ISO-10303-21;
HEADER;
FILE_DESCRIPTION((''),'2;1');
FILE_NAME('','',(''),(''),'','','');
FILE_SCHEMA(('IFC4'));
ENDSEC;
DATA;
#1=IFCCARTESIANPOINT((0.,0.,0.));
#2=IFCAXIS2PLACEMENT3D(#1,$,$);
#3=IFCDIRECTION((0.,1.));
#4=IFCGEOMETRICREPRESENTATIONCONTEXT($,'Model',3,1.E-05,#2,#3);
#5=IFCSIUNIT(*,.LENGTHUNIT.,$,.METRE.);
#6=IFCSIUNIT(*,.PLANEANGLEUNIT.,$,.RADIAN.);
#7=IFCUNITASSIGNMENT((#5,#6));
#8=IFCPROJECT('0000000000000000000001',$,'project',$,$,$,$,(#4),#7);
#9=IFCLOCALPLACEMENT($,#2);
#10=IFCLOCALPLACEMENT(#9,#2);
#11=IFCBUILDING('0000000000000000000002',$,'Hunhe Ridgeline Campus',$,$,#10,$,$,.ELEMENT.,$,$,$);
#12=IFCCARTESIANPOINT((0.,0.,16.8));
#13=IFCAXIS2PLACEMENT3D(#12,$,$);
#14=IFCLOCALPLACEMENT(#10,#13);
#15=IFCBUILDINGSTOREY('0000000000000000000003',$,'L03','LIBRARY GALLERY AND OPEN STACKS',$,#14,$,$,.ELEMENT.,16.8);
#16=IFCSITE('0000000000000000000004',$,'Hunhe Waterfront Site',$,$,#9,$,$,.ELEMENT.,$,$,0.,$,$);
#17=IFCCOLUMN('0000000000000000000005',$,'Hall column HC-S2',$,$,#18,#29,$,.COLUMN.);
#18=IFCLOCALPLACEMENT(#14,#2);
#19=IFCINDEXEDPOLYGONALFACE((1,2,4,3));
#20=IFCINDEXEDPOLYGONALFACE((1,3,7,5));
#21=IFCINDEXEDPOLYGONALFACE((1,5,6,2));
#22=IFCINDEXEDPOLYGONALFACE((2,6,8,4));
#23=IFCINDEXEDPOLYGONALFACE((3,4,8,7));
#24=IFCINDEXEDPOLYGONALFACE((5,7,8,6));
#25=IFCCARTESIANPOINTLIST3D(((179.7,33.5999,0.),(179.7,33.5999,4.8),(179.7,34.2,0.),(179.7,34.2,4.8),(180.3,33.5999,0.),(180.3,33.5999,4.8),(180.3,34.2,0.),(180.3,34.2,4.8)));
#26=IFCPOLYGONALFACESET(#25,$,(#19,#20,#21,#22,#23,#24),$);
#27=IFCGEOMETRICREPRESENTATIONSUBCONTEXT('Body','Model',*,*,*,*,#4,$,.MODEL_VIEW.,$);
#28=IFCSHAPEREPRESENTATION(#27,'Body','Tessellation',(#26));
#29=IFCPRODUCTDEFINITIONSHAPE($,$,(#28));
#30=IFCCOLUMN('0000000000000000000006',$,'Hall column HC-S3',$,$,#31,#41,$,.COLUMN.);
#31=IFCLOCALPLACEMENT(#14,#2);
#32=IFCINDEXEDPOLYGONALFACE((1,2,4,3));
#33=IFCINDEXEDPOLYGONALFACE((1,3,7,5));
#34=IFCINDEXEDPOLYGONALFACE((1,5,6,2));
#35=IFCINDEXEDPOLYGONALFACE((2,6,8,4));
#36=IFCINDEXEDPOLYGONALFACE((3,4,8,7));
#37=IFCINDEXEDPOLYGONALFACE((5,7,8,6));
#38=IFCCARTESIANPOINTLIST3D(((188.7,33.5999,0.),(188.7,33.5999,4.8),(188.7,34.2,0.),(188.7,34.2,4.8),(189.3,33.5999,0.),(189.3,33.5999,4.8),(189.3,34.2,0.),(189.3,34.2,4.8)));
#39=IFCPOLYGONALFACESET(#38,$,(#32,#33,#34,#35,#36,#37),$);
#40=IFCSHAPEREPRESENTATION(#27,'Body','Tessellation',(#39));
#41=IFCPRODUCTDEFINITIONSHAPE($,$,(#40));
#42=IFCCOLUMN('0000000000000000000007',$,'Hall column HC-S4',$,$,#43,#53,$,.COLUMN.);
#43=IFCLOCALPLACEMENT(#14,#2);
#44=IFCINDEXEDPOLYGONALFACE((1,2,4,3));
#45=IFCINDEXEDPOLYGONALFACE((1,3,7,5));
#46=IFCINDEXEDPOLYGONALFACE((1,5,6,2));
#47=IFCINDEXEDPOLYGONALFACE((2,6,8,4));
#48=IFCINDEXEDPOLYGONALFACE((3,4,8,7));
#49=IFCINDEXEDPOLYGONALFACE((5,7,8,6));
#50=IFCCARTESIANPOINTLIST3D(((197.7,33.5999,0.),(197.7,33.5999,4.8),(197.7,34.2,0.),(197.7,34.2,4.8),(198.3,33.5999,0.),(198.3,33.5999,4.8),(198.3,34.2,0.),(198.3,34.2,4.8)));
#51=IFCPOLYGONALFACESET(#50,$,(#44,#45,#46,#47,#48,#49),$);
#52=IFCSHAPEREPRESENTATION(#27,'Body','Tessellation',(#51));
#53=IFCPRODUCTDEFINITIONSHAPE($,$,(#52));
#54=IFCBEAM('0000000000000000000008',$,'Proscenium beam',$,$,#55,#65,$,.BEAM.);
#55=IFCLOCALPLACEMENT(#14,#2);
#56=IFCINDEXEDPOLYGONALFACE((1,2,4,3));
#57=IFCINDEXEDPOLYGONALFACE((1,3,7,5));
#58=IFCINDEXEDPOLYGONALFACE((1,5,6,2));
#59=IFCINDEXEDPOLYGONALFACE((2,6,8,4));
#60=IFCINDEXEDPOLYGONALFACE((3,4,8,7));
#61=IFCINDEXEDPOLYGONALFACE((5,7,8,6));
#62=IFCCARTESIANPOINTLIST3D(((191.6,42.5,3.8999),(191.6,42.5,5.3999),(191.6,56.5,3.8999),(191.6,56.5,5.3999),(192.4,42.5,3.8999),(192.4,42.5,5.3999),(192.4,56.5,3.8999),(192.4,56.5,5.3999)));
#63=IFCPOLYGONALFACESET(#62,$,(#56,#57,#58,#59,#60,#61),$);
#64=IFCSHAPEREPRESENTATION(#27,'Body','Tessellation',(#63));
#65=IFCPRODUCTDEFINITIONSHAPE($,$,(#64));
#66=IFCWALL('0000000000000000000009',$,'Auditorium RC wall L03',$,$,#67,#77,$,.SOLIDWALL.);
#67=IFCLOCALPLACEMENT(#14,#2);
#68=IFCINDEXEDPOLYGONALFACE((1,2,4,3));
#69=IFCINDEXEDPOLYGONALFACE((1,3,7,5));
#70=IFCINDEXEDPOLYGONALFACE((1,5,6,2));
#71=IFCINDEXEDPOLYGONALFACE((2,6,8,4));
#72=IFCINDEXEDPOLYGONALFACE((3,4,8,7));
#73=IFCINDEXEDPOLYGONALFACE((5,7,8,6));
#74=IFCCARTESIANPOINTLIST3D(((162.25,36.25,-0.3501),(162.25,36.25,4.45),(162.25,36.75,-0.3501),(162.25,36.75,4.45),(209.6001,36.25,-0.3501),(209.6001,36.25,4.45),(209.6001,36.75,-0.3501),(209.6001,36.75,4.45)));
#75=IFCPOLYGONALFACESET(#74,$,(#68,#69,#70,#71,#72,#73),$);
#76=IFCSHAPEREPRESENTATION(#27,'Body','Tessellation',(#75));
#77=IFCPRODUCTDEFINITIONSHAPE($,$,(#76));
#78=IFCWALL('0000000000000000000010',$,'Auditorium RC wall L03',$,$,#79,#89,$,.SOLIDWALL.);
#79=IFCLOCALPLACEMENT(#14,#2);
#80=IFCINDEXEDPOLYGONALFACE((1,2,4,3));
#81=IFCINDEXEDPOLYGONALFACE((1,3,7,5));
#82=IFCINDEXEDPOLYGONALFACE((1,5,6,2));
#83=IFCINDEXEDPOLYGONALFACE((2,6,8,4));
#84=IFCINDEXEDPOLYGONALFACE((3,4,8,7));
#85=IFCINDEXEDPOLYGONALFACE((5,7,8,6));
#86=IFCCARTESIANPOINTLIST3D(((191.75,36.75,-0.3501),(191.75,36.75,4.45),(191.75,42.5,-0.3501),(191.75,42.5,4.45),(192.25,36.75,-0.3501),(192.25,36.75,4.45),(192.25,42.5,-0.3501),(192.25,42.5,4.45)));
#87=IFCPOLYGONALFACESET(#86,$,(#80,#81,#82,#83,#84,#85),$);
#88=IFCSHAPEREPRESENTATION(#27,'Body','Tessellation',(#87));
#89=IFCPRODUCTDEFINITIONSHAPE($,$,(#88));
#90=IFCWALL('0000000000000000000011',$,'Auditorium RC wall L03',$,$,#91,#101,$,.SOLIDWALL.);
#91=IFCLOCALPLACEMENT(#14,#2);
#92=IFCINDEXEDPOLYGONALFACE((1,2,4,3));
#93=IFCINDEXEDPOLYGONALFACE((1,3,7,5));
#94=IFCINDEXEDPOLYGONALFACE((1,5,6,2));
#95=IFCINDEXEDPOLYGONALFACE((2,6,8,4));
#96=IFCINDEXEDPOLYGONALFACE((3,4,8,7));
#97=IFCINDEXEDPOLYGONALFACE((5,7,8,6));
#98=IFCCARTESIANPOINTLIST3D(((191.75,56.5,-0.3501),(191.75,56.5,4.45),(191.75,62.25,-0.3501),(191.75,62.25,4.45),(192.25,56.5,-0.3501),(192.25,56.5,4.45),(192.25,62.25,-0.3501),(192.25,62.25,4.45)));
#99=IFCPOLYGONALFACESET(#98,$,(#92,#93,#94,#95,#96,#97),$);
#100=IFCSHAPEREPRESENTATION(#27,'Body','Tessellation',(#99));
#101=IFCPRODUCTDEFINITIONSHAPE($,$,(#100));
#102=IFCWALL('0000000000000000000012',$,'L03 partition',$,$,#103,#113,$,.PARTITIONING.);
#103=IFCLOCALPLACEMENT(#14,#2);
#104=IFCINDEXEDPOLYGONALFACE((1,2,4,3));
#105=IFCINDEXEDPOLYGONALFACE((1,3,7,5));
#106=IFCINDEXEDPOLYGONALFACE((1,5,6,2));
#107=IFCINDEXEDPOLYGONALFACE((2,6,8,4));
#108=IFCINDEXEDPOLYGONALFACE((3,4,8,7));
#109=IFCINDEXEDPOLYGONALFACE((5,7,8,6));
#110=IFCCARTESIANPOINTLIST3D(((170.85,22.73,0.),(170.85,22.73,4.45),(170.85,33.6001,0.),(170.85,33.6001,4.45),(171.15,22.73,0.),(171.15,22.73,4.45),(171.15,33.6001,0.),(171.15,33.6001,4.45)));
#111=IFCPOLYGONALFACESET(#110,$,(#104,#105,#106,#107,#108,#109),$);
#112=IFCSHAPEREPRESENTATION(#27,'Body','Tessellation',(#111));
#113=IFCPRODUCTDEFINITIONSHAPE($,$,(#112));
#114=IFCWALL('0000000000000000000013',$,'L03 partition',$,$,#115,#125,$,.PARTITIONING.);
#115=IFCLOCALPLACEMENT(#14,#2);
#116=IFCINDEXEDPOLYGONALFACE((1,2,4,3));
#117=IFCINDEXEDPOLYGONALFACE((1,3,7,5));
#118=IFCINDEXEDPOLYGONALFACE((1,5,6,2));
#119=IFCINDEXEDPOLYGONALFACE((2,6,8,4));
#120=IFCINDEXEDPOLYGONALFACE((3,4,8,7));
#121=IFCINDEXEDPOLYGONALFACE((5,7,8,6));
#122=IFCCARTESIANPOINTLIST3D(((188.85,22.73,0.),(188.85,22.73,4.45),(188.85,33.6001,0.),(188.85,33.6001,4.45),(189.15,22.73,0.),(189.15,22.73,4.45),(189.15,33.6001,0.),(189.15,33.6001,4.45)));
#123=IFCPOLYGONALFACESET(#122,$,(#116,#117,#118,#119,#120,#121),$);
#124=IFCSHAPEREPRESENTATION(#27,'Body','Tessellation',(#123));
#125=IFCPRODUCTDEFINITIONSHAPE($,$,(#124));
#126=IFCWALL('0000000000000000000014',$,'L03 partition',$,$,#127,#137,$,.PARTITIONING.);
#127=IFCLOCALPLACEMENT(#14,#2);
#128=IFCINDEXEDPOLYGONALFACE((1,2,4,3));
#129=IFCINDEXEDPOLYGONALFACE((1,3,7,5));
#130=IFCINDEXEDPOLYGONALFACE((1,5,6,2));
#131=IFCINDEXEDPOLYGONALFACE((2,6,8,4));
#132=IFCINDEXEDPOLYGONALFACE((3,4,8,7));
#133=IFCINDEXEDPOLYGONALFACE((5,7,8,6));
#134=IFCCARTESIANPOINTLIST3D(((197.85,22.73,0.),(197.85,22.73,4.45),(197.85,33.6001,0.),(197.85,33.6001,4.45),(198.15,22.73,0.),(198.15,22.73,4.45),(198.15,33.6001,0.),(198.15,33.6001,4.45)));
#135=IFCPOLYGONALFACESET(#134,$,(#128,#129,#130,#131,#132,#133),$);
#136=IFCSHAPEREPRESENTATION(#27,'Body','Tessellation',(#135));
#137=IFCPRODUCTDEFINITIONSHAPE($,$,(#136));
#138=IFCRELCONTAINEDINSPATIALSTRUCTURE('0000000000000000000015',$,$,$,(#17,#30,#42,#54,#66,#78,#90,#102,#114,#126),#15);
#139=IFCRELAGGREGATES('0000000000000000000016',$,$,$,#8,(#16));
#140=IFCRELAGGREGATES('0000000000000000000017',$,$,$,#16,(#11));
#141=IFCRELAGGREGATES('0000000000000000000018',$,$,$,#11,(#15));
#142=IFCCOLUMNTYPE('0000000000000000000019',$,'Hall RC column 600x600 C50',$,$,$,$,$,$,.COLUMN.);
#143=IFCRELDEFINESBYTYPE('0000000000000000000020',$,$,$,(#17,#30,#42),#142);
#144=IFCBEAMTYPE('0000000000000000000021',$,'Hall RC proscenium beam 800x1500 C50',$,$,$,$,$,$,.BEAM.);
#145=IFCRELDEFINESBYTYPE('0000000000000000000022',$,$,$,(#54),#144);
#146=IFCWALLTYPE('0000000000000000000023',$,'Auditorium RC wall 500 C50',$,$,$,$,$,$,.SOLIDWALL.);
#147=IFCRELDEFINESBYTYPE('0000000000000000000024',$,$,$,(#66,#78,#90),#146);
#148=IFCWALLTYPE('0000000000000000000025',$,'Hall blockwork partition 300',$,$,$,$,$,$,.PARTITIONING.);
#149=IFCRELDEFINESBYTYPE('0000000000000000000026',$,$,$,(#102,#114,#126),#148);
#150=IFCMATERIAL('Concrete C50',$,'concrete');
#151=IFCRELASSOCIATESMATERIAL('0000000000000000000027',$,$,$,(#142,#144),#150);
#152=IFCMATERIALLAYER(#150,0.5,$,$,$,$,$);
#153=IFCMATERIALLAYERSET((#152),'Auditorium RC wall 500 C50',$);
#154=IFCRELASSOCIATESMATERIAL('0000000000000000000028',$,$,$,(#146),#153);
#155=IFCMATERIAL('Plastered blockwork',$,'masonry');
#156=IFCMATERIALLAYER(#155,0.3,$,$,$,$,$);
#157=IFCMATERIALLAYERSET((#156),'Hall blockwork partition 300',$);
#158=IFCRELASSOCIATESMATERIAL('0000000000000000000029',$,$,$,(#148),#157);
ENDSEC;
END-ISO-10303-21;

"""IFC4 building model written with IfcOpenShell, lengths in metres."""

from ifc_helpers import new_model, si_unit, direction, frame, frame_2d, origin, origin_2d, place, context, subcontext, project, spatial, rectangle, extrude, material, layer, layer_set, material_profile, profile_set, type_object, element, save


model = new_model("IFC4")

# Units and contexts
model_context = context("Model", 3, precision=1e-05, world=origin(), true_north=direction((0.0, 1.0)))
body_context = subcontext(model_context, "Body", "Model", "MODEL_VIEW")
ifc_project = project(units=[si_unit("LENGTHUNIT", "METRE"), si_unit("PLANEANGLEUNIT", "RADIAN")], contexts=[model_context])

# Site, building, storey
site_placement = place(None, origin())
site = spatial("IfcSite", under=ifc_project, at=site_placement, Name="Hunhe Waterfront Site", CompositionType="ELEMENT", RefElevation=0.0)
building_placement = place(site_placement, origin())
building = spatial("IfcBuilding", under=site, at=building_placement, Name="Hunhe Ridgeline Campus", CompositionType="ELEMENT")
storey_placement = place(building_placement, frame((0.0, 0.0, 16.8)))
storey = spatial("IfcBuildingStorey", under=building, at=storey_placement, Name="L03", Description="LIBRARY GALLERY AND OPEN STACKS", CompositionType="ELEMENT", Elevation=16.8)

# Columns
ifc_material_1 = material(Name="Concrete C50", Category="concrete")
ifc_material_profile_1 = material_profile(ifc_material_1, rectangle(XDim=0.6001, YDim=0.6001, at=origin_2d()))
ifc_profile_set_1 = profile_set([ifc_material_profile_1], Name="Concrete C50")
column_type = type_object("IfcColumnType", Name="Hall RC column 600x600 C50", PredefinedType="COLUMN", material=ifc_profile_set_1)
for number, where, z_axis, x_axis, name in (
    (1, (180.0, 33.8999, 0.0), (0.0, 0.0, 1.0), (1.0, 0.0, 0.0), "Hall column HC-S2"),
    (2, (189.0, 33.8999, 0.0), (0.0, 0.0, 1.0), (1.0, 0.0, 0.0), "Hall column HC-S3"),
    (3, (198.0, 33.8999, 0.0), (0.0, 0.0, 1.0), (1.0, 0.0, 0.0), "Hall column HC-S4"),
):
    element("IfcColumn", number, at=place(storey_placement, frame(where, z_axis=z_axis, x_axis=x_axis)), inside=storey, type_object=column_type, Name=name, PredefinedType="COLUMN", context=body_context, shape_type="SweptSolid", body=[
        extrude(rectangle(XDim=0.6001, YDim=0.6001, at=origin_2d()), origin(), (0.0, 0.0, 1.0), 4.8),
    ])

# Beam
ifc_material_profile_2 = material_profile(ifc_material_1, rectangle(XDim=0.8, YDim=1.5, at=origin_2d()))
ifc_profile_set_2 = profile_set([ifc_material_profile_2], Name="Concrete C50")
beam_type = type_object("IfcBeamType", Name="Hall RC proscenium beam 800x1500 C50", PredefinedType="BEAM", material=ifc_profile_set_2)
beam_placement = place(storey_placement, frame((192.0, 42.5, 4.6499), z_axis=(0.0, 1.0, 0.0), x_axis=(-1.0, 0.0, 0.0)))
element("IfcBeam", 4, at=beam_placement, inside=storey, type_object=beam_type, Name="Proscenium beam", PredefinedType="BEAM", context=body_context, shape_type="SweptSolid", body=[
    extrude(rectangle(XDim=0.8, YDim=1.5, at=origin_2d()), origin(), (0.0, 0.0, 1.0), 14.0),
])

# Walls
ifc_layer_1 = layer(ifc_material_1, 0.5)
ifc_layer_set_1 = layer_set([ifc_layer_1], Name="Auditorium RC wall 500 C50")
wall_type_1 = type_object("IfcWallType", Name="Auditorium RC wall 500 C50", PredefinedType="SOLIDWALL", material=ifc_layer_set_1)
wall_1_placement = place(storey_placement, frame((209.6001, 36.5, -0.3501), z_axis=(0.0, 0.0, 1.0), x_axis=(-1.0, 0.0, 0.0)))
element("IfcWall", 5, at=wall_1_placement, inside=storey, type_object=wall_type_1, Name="Auditorium RC wall L03", PredefinedType="SOLIDWALL", context=body_context, shape_type="SweptSolid", body=[
    extrude(rectangle(XDim=47.3501, YDim=0.5, at=frame_2d((23.675, 0.0))), origin(), (0.0, 0.0, 1.0), 4.8),
])
for number, where, z_axis, x_axis, name in (
    (6, (192.0, 36.75, -0.3501), (0.0, 0.0, 1.0), (0.0, 1.0, 0.0), "Auditorium RC wall L03"),
    (7, (192.0, 56.5, -0.3501), (0.0, 0.0, 1.0), (0.0, 1.0, 0.0), "Auditorium RC wall L03"),
):
    element("IfcWall", number, at=place(storey_placement, frame(where, z_axis=z_axis, x_axis=x_axis)), inside=storey, type_object=wall_type_1, Name=name, PredefinedType="SOLIDWALL", context=body_context, shape_type="SweptSolid", body=[
        extrude(rectangle(XDim=5.75, YDim=0.5, at=frame_2d((2.875, 0.0))), origin(), (0.0, 0.0, 1.0), 4.8),
    ])
ifc_material_2 = material(Name="Plastered blockwork", Category="masonry")
ifc_layer_2 = layer(ifc_material_2, 0.3)
ifc_layer_set_2 = layer_set([ifc_layer_2], Name="Hall blockwork partition 300")
wall_type_2 = type_object("IfcWallType", Name="Hall blockwork partition 300", PredefinedType="PARTITIONING", material=ifc_layer_set_2)
wall_2_placement = place(storey_placement, frame((171.0, 22.73, 0.0), z_axis=(0.0, 0.0, 1.0), x_axis=(0.0, 1.0, 0.0)))
element("IfcWall", 8, at=wall_2_placement, inside=storey, type_object=wall_type_2, Name="L03 partition", PredefinedType="PARTITIONING", context=body_context, shape_type="SweptSolid", body=[
    extrude(rectangle(XDim=10.8701, YDim=0.3, at=frame_2d((5.4351, 0.0))), origin(), (0.0, 0.0, 1.0), 4.45),
])

# Walls
for number, where, z_axis, x_axis, name in (
    (9, (189.0, 22.73, 0.0), (0.0, 0.0, 1.0), (0.0, 1.0, 0.0), "L03 partition"),
    (10, (198.0, 22.73, 0.0), (0.0, 0.0, 1.0), (0.0, 1.0, 0.0), "L03 partition"),
):
    element("IfcWall", number, at=place(storey_placement, frame(where, z_axis=z_axis, x_axis=x_axis)), inside=storey, type_object=wall_type_2, Name=name, PredefinedType="PARTITIONING", context=body_context, shape_type="SweptSolid", body=[
        extrude(rectangle(XDim=10.8701, YDim=0.3, at=frame_2d((5.4351, 0.0))), origin(), (0.0, 0.0, 1.0), 4.45),
    ])

save(model, "model.ifc")
